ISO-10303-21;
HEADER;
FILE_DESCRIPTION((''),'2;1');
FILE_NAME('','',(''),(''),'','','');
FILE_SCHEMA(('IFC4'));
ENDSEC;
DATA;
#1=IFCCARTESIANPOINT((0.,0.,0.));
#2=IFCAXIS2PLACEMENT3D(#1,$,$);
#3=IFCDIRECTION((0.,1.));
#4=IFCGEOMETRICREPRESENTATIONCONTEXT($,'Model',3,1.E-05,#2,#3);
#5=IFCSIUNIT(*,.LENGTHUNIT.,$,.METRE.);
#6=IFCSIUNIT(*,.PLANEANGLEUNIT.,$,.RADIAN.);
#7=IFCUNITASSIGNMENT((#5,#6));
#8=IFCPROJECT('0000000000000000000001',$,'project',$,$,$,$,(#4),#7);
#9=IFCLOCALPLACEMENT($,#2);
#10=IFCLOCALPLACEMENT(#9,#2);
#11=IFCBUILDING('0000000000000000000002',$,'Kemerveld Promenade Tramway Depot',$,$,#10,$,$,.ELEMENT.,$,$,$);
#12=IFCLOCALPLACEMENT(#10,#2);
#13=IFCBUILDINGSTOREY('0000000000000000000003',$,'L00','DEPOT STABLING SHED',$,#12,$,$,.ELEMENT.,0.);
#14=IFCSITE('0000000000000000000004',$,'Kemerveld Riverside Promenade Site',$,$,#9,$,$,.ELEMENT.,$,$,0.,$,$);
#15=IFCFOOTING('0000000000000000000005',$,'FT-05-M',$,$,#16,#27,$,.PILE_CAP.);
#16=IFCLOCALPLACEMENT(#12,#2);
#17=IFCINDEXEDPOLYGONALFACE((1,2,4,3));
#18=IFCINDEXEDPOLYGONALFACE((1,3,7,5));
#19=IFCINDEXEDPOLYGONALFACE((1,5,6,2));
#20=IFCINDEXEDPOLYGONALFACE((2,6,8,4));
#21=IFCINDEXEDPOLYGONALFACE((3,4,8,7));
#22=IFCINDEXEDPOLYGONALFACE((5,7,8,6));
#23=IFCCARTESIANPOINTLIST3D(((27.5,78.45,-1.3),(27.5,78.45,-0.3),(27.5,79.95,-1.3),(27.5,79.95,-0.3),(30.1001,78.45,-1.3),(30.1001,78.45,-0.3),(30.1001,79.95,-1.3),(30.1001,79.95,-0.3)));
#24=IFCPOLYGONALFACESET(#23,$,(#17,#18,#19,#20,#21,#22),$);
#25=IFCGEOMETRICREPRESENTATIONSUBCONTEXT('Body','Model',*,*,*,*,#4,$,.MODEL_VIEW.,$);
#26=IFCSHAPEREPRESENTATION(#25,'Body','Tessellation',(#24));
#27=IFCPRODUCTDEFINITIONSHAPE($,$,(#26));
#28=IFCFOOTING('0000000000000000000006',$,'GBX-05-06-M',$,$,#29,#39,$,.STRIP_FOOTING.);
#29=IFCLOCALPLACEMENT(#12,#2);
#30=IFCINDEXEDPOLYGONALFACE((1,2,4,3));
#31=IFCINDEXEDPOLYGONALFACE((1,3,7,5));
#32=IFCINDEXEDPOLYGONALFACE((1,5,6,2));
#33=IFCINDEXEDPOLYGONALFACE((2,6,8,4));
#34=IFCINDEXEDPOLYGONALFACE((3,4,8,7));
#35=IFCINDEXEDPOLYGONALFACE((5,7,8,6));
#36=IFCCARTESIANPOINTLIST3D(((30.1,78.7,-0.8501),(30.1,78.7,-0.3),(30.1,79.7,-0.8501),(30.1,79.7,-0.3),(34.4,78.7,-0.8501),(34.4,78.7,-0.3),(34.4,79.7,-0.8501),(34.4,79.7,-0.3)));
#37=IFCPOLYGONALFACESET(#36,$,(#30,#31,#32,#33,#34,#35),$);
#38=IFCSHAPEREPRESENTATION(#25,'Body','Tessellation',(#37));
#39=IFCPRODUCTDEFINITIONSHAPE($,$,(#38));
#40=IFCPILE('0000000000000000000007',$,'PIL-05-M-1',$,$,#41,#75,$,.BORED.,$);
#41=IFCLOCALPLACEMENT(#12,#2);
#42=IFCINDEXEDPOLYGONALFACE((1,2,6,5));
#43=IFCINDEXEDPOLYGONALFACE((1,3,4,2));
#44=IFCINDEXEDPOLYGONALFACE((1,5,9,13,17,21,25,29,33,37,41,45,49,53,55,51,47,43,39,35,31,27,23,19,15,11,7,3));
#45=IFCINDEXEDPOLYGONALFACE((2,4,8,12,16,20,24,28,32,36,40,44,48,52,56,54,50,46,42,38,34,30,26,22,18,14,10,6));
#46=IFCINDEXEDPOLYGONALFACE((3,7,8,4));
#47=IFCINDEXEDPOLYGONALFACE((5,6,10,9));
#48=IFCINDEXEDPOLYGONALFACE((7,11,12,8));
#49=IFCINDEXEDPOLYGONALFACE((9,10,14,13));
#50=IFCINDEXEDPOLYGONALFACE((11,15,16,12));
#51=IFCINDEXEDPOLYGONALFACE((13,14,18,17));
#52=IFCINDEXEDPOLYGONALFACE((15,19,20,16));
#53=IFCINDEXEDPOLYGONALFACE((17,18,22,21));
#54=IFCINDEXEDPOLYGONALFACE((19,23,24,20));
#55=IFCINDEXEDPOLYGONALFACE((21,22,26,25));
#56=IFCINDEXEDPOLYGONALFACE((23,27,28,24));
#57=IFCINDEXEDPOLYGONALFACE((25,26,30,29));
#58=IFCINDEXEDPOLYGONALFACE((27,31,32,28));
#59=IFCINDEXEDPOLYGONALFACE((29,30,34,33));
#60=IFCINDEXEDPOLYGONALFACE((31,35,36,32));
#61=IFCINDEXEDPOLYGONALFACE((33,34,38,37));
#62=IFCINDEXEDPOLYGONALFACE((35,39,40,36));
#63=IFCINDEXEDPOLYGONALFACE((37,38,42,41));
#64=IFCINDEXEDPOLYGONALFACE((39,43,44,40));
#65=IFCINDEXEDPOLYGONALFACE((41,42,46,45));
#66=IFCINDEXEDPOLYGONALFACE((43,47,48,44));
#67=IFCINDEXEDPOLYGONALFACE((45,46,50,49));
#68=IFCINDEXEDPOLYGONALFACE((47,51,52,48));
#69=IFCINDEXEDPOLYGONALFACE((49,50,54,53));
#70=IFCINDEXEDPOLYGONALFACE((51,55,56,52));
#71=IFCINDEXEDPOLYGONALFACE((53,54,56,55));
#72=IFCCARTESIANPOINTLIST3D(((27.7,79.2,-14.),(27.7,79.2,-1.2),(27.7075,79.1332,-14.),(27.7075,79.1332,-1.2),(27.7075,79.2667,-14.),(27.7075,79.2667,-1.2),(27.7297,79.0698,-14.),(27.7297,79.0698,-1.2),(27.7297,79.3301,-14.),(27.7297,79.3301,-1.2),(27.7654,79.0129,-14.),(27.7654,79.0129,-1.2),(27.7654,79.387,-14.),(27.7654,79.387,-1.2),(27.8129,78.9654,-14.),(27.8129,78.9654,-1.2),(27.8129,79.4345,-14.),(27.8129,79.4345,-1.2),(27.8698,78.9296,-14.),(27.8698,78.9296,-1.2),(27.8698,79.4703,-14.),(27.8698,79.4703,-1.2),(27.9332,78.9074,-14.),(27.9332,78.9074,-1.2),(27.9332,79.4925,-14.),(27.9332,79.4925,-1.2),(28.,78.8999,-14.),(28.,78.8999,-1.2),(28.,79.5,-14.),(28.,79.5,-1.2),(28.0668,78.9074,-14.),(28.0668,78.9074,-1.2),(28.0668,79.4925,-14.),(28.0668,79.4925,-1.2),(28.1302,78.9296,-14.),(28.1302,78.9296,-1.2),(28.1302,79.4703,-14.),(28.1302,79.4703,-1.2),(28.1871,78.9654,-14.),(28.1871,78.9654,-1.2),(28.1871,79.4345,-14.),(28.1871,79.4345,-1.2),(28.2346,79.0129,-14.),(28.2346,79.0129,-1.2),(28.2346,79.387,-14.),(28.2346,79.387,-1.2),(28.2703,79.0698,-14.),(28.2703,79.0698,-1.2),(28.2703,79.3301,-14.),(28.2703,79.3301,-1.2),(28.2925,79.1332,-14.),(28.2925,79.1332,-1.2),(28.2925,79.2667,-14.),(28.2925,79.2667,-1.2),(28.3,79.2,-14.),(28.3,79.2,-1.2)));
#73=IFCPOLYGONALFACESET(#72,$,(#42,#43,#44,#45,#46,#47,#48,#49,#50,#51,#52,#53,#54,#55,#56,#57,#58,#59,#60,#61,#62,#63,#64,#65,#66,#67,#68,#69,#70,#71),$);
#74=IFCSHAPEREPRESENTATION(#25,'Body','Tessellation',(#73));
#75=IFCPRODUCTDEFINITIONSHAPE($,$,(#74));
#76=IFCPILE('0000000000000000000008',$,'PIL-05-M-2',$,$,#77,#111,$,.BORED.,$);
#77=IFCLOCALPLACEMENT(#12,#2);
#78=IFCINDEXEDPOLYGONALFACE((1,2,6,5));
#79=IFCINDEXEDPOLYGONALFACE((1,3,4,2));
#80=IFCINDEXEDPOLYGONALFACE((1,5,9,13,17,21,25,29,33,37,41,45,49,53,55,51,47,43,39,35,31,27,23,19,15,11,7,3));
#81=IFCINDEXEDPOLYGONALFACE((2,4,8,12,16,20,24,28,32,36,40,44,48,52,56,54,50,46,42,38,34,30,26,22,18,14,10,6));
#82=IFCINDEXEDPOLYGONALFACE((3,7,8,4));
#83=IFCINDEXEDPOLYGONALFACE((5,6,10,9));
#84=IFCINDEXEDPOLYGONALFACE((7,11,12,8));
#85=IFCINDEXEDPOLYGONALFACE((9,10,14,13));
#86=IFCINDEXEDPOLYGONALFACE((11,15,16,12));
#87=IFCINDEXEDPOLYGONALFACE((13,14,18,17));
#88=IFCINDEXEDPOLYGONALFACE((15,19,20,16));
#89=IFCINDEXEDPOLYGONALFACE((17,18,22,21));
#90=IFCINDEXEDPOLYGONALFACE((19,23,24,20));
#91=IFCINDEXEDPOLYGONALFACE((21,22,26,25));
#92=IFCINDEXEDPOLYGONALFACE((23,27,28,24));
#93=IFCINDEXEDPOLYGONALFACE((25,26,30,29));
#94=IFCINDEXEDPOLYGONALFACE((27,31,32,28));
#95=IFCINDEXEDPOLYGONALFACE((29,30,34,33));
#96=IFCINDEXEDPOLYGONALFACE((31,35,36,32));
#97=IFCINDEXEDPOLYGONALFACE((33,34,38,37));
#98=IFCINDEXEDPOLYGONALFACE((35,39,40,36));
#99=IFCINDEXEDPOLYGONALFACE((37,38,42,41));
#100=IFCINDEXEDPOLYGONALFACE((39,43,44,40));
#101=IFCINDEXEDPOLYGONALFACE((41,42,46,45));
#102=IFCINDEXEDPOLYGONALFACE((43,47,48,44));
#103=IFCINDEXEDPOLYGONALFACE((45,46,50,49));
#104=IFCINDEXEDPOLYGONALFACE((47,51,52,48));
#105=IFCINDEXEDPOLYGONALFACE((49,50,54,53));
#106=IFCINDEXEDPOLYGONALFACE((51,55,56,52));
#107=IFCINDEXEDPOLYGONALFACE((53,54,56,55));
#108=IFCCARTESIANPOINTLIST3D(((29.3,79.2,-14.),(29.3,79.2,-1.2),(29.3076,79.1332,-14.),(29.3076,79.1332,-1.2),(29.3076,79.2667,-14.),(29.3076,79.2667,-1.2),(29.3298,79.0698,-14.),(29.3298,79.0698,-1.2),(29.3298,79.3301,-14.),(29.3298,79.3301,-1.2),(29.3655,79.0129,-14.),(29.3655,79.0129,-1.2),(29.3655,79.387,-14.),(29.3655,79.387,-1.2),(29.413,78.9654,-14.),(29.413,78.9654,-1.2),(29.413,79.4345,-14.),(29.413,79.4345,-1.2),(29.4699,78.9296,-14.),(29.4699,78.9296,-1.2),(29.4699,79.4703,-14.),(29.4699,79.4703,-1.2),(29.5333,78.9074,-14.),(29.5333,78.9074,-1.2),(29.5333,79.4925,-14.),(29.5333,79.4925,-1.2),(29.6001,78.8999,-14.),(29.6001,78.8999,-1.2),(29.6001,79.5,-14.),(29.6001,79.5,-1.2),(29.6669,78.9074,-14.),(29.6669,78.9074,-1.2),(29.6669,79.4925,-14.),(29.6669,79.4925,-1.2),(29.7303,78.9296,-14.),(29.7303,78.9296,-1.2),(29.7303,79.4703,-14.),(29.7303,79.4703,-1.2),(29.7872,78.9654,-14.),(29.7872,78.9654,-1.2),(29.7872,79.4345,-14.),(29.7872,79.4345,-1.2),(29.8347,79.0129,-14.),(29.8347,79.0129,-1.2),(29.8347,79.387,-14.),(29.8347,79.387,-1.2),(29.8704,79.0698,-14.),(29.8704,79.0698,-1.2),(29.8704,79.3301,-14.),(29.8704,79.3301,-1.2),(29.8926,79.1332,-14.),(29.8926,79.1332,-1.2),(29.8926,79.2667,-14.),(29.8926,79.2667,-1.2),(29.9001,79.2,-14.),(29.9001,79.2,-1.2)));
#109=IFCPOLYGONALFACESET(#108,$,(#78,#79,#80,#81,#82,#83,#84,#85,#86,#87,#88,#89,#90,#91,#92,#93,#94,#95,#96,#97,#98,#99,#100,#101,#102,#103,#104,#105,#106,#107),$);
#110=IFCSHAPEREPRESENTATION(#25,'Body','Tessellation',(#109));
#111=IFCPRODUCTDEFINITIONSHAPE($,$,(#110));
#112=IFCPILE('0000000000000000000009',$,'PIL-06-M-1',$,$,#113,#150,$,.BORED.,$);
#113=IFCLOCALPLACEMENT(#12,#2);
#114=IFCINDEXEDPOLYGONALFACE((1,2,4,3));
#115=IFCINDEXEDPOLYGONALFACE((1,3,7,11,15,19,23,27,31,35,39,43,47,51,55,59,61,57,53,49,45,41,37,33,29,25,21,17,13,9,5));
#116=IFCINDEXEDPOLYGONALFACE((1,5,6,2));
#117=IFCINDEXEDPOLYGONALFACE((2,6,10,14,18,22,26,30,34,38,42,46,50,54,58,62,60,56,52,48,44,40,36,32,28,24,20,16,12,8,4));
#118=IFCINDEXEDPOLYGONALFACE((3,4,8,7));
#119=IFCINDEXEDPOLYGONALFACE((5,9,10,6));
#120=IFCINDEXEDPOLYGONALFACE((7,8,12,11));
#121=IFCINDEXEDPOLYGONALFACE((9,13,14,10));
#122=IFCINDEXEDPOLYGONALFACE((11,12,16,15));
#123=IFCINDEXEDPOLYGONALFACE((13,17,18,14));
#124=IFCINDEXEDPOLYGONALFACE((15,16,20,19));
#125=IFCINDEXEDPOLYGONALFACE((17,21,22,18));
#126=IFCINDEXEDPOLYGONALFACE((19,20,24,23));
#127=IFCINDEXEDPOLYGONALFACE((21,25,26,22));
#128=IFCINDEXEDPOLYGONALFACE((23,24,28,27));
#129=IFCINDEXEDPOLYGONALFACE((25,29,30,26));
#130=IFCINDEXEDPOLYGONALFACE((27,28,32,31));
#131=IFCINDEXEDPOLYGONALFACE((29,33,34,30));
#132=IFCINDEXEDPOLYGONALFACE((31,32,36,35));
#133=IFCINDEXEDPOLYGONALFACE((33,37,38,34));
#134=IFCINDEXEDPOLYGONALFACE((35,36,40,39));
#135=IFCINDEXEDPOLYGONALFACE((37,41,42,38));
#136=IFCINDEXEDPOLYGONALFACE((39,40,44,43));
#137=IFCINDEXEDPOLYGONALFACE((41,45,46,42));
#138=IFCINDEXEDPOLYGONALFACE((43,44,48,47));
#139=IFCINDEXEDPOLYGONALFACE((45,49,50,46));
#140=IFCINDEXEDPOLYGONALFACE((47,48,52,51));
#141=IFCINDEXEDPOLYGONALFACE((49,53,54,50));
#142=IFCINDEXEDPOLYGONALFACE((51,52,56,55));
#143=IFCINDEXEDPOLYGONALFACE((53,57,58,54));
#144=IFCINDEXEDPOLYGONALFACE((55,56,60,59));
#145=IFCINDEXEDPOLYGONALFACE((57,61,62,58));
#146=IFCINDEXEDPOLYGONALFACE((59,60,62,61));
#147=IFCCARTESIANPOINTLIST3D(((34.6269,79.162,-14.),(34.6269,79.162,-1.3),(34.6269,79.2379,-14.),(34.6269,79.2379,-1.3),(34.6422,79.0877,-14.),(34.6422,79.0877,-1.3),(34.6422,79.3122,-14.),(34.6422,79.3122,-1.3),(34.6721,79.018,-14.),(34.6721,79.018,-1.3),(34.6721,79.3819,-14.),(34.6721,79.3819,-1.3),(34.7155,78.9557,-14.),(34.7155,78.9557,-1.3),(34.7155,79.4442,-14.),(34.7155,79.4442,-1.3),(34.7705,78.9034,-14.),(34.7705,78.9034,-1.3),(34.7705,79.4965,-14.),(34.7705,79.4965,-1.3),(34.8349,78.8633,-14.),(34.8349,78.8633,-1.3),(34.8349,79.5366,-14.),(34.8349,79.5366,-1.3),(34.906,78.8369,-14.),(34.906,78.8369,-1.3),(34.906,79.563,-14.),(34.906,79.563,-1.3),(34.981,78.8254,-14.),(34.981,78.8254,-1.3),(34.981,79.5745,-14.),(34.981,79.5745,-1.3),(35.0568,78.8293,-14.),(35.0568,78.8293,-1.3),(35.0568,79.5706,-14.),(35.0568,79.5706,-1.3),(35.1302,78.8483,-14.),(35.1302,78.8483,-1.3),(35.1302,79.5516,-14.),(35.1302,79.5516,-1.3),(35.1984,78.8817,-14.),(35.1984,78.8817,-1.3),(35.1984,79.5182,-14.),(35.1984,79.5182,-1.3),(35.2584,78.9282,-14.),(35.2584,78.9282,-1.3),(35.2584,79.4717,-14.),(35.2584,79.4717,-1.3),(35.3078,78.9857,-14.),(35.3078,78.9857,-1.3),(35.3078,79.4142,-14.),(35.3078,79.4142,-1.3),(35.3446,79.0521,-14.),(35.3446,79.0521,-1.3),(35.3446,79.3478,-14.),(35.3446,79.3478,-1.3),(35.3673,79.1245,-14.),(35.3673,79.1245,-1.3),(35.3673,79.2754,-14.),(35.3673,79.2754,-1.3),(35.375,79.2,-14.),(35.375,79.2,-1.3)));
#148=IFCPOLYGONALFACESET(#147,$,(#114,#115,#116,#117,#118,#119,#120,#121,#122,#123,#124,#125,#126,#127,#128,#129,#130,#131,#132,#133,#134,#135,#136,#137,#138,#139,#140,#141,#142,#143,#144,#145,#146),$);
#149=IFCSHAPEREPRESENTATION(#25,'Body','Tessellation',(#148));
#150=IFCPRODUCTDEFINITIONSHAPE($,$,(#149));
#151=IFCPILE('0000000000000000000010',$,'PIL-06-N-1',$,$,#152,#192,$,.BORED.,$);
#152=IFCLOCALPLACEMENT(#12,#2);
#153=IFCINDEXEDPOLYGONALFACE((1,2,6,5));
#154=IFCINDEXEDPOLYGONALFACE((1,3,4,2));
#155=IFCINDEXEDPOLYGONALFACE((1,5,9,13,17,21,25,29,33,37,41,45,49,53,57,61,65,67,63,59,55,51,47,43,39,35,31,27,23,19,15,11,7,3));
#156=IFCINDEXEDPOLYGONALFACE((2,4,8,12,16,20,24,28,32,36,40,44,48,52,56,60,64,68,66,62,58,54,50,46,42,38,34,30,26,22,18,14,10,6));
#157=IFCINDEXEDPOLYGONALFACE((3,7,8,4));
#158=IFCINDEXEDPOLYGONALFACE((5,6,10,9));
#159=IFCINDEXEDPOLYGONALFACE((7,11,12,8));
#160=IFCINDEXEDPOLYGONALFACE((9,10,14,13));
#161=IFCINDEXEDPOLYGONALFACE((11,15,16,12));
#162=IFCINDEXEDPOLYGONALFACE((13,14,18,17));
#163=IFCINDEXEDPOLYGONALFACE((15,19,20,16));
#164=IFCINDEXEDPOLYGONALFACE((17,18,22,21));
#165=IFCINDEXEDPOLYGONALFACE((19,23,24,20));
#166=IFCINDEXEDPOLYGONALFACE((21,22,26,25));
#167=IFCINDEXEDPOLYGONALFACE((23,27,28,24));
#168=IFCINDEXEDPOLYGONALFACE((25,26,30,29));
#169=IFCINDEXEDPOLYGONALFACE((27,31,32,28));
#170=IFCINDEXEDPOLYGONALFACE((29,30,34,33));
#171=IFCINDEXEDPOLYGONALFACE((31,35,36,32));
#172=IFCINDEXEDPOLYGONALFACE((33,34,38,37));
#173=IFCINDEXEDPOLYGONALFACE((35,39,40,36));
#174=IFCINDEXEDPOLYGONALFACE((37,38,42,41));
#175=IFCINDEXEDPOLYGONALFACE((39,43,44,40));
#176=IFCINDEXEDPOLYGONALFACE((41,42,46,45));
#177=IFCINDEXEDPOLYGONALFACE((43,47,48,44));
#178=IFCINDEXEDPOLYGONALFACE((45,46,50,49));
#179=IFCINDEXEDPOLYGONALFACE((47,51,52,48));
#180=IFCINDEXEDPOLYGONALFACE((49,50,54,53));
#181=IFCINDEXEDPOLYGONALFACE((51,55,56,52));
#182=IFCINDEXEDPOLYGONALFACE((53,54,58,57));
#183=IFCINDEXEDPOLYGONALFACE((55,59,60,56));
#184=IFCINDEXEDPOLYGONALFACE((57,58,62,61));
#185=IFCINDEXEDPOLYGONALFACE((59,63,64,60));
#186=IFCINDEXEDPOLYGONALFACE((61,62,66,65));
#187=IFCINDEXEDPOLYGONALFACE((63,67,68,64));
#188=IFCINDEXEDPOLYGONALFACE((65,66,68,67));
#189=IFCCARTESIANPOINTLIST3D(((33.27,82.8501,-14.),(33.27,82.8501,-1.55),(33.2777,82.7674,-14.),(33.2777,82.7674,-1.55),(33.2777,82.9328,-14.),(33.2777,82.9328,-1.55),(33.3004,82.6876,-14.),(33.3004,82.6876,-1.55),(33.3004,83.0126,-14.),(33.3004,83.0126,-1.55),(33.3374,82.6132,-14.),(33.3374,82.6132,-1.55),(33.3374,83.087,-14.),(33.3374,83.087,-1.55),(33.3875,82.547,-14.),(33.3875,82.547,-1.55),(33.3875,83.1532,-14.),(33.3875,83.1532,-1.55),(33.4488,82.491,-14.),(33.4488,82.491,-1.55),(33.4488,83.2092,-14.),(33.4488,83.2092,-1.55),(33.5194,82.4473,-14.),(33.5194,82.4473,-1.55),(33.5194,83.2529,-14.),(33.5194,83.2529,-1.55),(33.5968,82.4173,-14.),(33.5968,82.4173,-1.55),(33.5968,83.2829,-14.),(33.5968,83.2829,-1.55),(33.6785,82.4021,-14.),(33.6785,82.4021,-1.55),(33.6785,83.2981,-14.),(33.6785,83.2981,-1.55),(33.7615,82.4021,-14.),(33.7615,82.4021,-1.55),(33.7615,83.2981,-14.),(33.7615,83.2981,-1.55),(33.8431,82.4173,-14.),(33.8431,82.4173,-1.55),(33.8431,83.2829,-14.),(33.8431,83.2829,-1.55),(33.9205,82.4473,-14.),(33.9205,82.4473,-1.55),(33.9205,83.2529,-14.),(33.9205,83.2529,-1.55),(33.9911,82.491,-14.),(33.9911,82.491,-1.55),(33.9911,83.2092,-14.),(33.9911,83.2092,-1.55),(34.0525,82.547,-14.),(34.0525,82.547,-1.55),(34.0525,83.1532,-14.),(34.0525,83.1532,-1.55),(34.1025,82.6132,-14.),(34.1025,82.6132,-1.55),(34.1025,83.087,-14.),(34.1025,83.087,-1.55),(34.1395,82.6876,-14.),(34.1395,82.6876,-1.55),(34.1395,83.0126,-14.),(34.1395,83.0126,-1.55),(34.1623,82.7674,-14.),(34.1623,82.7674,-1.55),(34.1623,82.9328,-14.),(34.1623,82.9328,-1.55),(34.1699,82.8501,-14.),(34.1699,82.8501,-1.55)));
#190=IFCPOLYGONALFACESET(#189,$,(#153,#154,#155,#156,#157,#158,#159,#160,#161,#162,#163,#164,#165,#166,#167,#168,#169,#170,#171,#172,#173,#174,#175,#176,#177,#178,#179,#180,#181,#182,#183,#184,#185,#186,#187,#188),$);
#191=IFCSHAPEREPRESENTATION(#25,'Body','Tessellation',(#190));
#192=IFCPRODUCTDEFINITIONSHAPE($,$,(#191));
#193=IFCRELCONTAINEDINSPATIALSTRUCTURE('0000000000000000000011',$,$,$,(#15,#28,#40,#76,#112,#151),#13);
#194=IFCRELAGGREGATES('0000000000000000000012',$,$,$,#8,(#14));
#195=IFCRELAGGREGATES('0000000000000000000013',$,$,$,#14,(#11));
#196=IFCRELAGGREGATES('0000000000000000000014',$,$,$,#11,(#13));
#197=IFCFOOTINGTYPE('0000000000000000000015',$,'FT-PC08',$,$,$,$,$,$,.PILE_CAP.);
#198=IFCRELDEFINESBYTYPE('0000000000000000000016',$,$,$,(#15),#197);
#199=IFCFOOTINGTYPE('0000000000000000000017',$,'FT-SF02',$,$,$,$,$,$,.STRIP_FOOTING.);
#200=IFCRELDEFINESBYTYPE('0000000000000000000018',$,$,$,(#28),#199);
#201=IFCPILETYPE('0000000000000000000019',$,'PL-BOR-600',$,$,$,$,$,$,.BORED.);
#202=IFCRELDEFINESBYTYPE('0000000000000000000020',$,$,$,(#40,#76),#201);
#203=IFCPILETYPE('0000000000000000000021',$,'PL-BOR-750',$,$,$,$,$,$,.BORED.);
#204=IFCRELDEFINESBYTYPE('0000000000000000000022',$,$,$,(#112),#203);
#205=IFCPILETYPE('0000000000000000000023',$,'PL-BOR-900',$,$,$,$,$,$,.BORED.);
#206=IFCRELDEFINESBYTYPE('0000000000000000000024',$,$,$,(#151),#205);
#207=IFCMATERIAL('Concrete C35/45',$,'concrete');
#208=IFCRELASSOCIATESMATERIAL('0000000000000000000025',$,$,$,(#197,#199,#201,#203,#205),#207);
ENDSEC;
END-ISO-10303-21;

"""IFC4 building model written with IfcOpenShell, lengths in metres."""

from ifc_helpers import new_model, si_unit, direction, frame, origin, origin_2d, place, context, subcontext, project, spatial, rectangle, circle, extrude, material, material_profile, profile_set, type_object, element, save


model = new_model("IFC4")

# Units and contexts
model_context = context("Model", 3, precision=1e-05, world=origin(), true_north=direction((0.0, 1.0)))
body_context = subcontext(model_context, "Body", "Model", "MODEL_VIEW")
ifc_project = project(units=[si_unit("LENGTHUNIT", "METRE"), si_unit("PLANEANGLEUNIT", "RADIAN")], contexts=[model_context])

# Site, building, storey
site_placement = place(None, origin())
site = spatial("IfcSite", under=ifc_project, at=site_placement, Name="Kemerveld Riverside Promenade Site", CompositionType="ELEMENT", RefElevation=0.0)
building_placement = place(site_placement, origin())
building = spatial("IfcBuilding", under=site, at=building_placement, Name="Kemerveld Promenade Tramway Depot", CompositionType="ELEMENT")
storey_placement = place(building_placement, origin())
storey = spatial("IfcBuildingStorey", under=building, at=storey_placement, Name="L00", Description="DEPOT STABLING SHED", CompositionType="ELEMENT", Elevation=0.0)

# Footings
ifc_material_1 = material(Name="Concrete C35/45", Category="concrete")
footing_type_1 = type_object("IfcFootingType", Name="FT-PC08", PredefinedType="PILE_CAP", material=ifc_material_1)
footing_1_placement = place(storey_placement, frame((28.8, 79.2, -1.3), z_axis=(0.0, 0.0, 1.0), x_axis=(1.0, 0.0, 0.0)))
element("IfcFooting", 1, at=footing_1_placement, inside=storey, type_object=footing_type_1, Name="FT-05-M", PredefinedType="PILE_CAP", context=body_context, shape_type="SweptSolid", body=[
    extrude(rectangle(XDim=2.6001, YDim=1.5, at=origin_2d()), origin(), (0.0, 0.0, 1.0), 1.0),
])
footing_type_2 = type_object("IfcFootingType", Name="FT-SF02", PredefinedType="STRIP_FOOTING", material=ifc_material_1)
footing_2_placement = place(storey_placement, frame((32.25, 79.2, -0.8501), z_axis=(0.0, 0.0, 1.0), x_axis=(1.0, 0.0, 0.0)))
element("IfcFooting", 2, at=footing_2_placement, inside=storey, type_object=footing_type_2, Name="GBX-05-06-M", PredefinedType="STRIP_FOOTING", context=body_context, shape_type="SweptSolid", body=[
    extrude(rectangle(XDim=4.3, YDim=1.0, at=origin_2d()), origin(), (0.0, 0.0, 1.0), 0.55),
])

# Piles
ifc_material_profile_1 = material_profile(ifc_material_1, circle(Radius=0.3, at=origin_2d()), Name="PILE-D600")
ifc_profile_set_1 = profile_set([ifc_material_profile_1], Name="Concrete C35/45")
pile_type_1 = type_object("IfcPileType", Name="PL-BOR-600", PredefinedType="BORED", material=ifc_profile_set_1)
for number, where, z_axis, x_axis, name in (
    (3, (28.0, 79.2, -1.2), (0.0, 0.0, -1.0), (1.0, 0.0, 0.0), "PIL-05-M-1"),
    (4, (29.6001, 79.2, -1.2), (0.0, 0.0, -1.0), (1.0, 0.0, 0.0), "PIL-05-M-2"),
):
    element("IfcPile", number, at=place(storey_placement, frame(where, z_axis=z_axis, x_axis=x_axis)), inside=storey, type_object=pile_type_1, Name=name, PredefinedType="BORED", context=body_context, shape_type="SweptSolid", body=[
        extrude(circle(Radius=0.3, at=origin_2d()), origin(), (0.0, 0.0, 1.0), 12.8),
    ])
ifc_material_profile_2 = material_profile(ifc_material_1, circle(Radius=0.375, at=origin_2d()), Name="PILE-D750")
ifc_profile_set_2 = profile_set([ifc_material_profile_2], Name="Concrete C35/45")
pile_type_2 = type_object("IfcPileType", Name="PL-BOR-750", PredefinedType="BORED", material=ifc_profile_set_2)
pile_placement = place(storey_placement, frame((35.0, 79.2, -1.3), z_axis=(0.0, 0.0, -1.0), x_axis=(1.0, 0.0, 0.0)))
element("IfcPile", 5, at=pile_placement, inside=storey, type_object=pile_type_2, Name="PIL-06-M-1", PredefinedType="BORED", context=body_context, shape_type="SweptSolid", body=[
    extrude(circle(Radius=0.375, at=origin_2d()), origin(), (0.0, 0.0, 1.0), 12.7),
])
ifc_material_profile_3 = material_profile(ifc_material_1, circle(Radius=0.45, at=origin_2d()), Name="PILE-D900")
ifc_profile_set_3 = profile_set([ifc_material_profile_3], Name="Concrete C35/45")
pile_type_3 = type_object("IfcPileType", Name="PL-BOR-900", PredefinedType="BORED", material=ifc_profile_set_3)
for number, where, z_axis, x_axis, name in (
    (6, (33.72, 82.8501, -1.55), (0.0, 0.0, -1.0), (1.0, 0.0, 0.0), "PIL-06-N-1"),
):
    element("IfcPile", number, at=place(storey_placement, frame(where, z_axis=z_axis, x_axis=x_axis)), inside=storey, type_object=pile_type_3, Name=name, PredefinedType="BORED", context=body_context, shape_type="SweptSolid", body=[
        extrude(circle(Radius=0.45, at=origin_2d()), origin(), (0.0, 0.0, 1.0), 12.45),
    ])

save(model, "model.ifc")
